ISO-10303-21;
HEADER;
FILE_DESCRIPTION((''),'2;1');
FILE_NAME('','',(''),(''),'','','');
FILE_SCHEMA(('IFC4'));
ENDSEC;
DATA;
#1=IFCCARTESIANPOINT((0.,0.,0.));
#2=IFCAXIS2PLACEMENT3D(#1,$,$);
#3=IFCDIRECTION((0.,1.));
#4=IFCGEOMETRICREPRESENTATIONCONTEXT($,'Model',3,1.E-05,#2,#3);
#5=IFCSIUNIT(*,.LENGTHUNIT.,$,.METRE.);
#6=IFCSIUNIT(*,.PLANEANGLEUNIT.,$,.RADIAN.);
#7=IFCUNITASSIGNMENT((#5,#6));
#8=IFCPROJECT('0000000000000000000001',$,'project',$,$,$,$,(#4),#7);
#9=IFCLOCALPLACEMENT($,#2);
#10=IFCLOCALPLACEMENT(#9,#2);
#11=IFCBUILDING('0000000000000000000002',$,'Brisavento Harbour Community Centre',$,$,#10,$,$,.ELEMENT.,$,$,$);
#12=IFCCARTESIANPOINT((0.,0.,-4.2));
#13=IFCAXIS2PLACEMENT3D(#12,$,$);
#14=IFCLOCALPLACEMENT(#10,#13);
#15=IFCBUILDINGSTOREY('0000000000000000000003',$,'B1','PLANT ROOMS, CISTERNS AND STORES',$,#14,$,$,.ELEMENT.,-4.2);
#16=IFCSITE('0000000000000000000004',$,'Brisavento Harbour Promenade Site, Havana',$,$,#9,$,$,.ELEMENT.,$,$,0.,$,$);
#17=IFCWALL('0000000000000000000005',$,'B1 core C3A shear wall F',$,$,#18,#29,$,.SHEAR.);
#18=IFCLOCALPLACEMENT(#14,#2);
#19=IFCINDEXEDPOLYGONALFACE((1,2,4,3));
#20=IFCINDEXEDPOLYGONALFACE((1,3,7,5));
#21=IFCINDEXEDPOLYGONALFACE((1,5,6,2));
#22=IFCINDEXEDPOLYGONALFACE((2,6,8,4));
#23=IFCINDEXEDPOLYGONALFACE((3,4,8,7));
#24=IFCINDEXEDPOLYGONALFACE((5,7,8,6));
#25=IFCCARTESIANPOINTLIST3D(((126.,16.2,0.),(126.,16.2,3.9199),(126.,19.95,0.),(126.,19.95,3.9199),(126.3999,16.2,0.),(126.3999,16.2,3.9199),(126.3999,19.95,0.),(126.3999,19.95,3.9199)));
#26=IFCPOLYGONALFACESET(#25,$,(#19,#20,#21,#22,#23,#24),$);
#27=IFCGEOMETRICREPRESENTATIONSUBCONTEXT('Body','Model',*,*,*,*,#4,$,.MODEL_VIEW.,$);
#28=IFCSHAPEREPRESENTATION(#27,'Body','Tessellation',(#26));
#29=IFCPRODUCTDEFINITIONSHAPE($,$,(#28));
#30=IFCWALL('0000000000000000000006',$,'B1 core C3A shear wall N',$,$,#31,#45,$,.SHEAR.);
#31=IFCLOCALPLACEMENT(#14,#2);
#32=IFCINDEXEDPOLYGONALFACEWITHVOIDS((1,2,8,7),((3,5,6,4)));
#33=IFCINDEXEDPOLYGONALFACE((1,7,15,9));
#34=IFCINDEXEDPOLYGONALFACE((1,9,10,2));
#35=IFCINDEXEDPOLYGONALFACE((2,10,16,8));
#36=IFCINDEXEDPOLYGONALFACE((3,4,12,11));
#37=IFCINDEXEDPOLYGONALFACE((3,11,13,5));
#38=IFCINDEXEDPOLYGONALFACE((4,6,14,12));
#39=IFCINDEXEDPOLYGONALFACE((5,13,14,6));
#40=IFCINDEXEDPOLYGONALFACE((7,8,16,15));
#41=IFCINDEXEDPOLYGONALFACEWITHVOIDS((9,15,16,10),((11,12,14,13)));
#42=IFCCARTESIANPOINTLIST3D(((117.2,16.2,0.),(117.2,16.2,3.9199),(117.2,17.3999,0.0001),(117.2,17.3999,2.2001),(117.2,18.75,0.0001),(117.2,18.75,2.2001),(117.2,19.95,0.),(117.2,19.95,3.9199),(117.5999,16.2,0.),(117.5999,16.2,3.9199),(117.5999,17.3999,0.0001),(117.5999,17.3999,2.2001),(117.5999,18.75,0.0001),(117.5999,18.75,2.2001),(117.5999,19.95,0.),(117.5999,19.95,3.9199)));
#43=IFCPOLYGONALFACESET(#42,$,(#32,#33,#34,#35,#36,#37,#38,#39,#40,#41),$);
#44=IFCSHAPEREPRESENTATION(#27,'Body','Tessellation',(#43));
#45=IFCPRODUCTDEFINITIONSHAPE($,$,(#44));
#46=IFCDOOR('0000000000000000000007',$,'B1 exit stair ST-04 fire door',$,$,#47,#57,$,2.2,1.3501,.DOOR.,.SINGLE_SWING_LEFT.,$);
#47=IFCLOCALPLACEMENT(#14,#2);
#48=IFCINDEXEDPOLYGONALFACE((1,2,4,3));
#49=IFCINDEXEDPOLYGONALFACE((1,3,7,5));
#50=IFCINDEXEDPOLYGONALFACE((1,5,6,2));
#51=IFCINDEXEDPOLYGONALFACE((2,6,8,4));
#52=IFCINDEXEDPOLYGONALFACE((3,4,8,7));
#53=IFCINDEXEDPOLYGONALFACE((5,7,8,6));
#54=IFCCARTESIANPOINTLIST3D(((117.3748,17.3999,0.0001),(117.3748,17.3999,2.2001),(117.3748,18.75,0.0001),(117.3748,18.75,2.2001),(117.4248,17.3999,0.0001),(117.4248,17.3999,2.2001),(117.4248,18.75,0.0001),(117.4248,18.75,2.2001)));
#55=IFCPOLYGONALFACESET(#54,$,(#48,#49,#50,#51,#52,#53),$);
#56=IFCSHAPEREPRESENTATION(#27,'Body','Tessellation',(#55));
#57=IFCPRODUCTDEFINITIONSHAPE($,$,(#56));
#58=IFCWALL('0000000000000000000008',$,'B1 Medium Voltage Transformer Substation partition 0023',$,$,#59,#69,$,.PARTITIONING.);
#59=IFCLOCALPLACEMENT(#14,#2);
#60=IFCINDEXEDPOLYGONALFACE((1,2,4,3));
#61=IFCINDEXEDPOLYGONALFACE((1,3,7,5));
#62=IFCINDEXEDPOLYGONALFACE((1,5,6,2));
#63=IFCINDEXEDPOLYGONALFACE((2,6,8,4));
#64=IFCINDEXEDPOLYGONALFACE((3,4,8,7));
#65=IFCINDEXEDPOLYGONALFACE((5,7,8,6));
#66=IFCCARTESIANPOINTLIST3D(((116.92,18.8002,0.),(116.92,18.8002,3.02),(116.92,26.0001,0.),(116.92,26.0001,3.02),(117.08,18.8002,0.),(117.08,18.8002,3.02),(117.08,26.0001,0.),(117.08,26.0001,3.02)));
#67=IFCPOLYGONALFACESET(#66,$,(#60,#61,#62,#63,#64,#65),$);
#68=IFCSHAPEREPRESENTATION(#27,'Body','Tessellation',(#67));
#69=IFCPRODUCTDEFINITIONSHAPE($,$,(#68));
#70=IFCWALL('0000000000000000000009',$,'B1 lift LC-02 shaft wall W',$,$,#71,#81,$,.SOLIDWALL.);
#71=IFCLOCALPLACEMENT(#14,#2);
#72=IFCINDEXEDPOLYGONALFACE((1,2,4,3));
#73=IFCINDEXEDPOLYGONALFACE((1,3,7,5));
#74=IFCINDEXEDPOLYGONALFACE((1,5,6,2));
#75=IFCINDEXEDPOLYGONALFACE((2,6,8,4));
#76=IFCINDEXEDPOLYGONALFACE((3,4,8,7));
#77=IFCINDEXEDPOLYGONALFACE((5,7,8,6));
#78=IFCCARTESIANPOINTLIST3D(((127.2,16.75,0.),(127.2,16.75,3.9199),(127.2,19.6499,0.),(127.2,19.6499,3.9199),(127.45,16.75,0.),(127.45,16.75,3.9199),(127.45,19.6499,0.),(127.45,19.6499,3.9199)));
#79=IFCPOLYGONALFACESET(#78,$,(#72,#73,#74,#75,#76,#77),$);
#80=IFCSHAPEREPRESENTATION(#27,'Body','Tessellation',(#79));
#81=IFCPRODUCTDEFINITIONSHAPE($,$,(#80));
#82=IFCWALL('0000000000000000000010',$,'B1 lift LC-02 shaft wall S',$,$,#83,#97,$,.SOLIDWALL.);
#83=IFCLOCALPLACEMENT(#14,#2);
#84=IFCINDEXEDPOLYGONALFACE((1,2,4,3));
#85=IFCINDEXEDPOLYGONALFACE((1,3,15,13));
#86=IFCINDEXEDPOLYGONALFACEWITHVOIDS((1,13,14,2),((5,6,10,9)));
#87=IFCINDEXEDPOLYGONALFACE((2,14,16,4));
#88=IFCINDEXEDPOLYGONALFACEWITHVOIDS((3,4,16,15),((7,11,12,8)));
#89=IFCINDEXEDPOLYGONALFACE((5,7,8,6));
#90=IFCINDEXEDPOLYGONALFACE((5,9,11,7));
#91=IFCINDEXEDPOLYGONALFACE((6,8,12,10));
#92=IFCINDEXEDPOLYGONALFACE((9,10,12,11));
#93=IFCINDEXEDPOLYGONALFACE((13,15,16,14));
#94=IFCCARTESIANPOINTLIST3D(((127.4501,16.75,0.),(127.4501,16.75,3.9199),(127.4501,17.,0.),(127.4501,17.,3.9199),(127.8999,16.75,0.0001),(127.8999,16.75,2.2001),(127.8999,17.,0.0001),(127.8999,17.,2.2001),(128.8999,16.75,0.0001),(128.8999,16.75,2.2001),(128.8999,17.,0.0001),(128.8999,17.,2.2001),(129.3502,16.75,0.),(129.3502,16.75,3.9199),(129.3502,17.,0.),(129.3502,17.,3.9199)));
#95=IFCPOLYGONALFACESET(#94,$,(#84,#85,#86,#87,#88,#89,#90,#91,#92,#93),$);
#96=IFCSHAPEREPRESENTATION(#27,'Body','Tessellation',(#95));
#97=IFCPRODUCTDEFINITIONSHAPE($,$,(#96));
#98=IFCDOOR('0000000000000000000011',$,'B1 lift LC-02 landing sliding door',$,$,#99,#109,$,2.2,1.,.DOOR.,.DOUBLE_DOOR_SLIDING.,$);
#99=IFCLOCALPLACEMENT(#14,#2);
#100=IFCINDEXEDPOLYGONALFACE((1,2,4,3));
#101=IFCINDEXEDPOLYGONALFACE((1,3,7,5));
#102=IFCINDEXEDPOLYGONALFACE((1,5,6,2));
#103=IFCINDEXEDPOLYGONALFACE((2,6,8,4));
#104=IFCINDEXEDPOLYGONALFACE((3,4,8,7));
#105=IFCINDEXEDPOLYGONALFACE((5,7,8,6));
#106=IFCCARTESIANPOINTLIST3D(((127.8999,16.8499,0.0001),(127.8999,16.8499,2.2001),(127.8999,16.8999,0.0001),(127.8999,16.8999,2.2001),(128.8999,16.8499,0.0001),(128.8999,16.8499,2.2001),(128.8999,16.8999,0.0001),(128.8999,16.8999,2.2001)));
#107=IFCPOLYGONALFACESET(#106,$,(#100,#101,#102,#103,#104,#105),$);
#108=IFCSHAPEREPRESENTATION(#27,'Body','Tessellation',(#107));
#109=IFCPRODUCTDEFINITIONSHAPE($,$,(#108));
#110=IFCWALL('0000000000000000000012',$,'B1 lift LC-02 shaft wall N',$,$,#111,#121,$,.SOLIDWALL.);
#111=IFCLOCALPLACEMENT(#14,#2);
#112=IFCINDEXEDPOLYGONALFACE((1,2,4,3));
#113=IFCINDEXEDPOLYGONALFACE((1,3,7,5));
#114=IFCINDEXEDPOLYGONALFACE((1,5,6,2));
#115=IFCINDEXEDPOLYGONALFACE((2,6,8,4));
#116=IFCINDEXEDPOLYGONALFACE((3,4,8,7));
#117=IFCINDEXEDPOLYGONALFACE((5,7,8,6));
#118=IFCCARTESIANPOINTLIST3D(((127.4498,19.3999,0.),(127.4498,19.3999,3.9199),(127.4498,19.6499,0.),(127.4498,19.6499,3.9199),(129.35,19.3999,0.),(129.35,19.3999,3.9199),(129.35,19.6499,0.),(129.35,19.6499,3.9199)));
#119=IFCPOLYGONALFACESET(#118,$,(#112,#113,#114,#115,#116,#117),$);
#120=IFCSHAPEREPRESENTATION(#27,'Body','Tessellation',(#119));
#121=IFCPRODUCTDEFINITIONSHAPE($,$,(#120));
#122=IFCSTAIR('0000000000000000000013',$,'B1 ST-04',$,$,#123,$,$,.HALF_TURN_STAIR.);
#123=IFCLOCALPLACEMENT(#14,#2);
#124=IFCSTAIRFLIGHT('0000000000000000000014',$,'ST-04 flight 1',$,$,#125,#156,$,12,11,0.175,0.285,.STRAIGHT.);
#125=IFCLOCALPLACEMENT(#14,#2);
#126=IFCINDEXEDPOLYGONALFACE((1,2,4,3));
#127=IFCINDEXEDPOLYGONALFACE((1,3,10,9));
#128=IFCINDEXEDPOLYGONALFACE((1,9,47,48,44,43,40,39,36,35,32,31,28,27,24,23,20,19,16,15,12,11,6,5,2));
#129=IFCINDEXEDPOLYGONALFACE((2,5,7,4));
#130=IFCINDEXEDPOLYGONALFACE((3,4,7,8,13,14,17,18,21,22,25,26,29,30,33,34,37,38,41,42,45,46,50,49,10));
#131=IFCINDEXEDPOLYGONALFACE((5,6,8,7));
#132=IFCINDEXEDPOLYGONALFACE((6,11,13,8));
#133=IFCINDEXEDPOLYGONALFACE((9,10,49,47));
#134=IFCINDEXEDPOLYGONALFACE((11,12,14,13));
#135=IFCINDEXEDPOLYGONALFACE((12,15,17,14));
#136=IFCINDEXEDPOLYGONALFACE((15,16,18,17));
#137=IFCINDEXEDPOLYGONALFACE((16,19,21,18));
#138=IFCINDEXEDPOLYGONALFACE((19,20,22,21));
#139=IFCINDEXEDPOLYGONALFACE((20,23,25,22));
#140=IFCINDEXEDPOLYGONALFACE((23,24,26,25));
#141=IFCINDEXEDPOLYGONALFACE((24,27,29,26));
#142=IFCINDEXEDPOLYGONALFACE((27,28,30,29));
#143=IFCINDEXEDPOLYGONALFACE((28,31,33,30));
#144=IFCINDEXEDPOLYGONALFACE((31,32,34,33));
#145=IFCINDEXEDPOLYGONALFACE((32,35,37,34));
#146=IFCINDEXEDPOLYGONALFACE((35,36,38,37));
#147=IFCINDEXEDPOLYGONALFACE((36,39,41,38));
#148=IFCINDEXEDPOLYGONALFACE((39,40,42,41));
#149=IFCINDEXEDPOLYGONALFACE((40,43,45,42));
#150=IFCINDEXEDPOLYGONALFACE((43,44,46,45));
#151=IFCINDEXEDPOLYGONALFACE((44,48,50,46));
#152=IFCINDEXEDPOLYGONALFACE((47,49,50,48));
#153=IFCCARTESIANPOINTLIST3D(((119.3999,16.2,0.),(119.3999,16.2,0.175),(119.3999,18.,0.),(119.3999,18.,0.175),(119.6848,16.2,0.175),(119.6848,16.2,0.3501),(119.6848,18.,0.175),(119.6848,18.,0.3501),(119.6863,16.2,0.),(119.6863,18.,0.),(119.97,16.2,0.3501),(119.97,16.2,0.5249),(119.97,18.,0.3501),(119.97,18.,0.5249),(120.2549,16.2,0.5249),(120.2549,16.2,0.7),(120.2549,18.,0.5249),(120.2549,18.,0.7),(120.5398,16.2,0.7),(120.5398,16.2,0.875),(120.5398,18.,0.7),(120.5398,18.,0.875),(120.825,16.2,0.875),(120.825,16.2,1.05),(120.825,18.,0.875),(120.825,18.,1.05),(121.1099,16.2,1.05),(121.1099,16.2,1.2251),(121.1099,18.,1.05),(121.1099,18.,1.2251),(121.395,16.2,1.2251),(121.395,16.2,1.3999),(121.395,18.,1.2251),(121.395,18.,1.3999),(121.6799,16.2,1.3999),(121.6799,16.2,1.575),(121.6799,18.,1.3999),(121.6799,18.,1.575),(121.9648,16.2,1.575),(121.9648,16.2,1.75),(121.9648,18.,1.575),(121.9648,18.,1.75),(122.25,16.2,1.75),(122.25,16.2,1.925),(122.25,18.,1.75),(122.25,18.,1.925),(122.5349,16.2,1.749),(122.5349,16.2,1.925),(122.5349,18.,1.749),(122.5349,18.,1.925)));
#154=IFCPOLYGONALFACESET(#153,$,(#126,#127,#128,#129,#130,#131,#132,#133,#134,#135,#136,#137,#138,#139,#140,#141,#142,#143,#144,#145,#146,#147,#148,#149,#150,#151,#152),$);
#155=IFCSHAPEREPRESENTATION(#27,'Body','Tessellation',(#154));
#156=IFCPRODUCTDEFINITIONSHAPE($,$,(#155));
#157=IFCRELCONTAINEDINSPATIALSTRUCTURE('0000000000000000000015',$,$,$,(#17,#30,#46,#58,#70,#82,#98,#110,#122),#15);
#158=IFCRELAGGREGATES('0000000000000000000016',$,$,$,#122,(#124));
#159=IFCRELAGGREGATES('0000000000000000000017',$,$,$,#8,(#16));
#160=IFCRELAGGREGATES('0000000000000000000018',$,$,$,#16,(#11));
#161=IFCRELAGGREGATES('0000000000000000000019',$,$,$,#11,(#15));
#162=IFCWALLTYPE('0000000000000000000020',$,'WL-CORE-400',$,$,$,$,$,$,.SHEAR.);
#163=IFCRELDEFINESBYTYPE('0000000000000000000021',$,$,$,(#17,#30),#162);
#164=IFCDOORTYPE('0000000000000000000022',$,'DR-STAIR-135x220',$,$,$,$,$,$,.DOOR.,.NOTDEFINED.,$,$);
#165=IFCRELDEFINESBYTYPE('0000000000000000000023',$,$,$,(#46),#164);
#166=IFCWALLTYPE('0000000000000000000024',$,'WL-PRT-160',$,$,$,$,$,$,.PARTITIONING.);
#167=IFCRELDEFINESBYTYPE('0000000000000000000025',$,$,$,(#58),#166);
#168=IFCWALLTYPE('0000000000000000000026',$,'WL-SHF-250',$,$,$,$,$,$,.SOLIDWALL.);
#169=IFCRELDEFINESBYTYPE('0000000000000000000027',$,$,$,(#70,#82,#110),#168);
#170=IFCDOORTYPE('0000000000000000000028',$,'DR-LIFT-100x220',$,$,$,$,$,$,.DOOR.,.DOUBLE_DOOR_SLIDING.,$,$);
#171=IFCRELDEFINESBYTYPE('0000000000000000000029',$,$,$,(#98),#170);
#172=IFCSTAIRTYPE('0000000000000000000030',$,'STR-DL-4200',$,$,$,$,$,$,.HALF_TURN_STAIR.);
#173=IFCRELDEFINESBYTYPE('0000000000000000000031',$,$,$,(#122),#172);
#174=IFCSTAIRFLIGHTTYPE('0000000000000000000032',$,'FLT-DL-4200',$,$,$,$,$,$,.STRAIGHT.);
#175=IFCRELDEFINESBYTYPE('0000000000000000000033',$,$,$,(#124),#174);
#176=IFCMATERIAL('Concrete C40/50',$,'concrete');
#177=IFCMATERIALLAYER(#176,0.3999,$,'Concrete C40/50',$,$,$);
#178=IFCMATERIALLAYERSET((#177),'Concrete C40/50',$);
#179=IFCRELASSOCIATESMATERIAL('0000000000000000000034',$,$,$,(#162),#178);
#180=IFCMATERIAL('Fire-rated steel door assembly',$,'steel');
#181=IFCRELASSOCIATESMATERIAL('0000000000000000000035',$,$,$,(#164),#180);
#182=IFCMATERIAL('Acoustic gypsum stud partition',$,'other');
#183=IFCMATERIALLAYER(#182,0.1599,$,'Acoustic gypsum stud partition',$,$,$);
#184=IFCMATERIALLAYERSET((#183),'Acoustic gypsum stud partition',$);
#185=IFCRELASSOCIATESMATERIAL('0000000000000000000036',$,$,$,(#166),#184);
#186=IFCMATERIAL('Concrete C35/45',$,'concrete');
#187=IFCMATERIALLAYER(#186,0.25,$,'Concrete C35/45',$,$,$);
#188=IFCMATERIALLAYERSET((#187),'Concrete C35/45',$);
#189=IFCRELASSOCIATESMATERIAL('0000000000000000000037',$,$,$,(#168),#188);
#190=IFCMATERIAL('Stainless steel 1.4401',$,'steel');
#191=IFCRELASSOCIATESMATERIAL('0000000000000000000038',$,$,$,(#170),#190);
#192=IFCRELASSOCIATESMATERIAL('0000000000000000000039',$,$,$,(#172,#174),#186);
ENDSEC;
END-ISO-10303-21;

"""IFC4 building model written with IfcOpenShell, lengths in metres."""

from ifc_helpers import new_model, si_unit, direction, frame, frame_2d, origin, place, context, subcontext, project, spatial, polyline, rectangle, outline, extrude, material, layer, layer_set, type_object, element, fill, aggregate, save


model = new_model("IFC4")

# Units and contexts
model_context = context("Model", 3, precision=1e-05, world=origin(), true_north=direction((0.0, 1.0)))
body_context = subcontext(model_context, "Body", "Model", "MODEL_VIEW")
ifc_project = project(units=[si_unit("LENGTHUNIT", "METRE"), si_unit("PLANEANGLEUNIT", "RADIAN")], contexts=[model_context])

# Site, building, storey
site_placement = place(None, origin())
site = spatial("IfcSite", under=ifc_project, at=site_placement, Name="Brisavento Harbour Promenade Site, Havana", CompositionType="ELEMENT", RefElevation=0.0)
building_placement = place(site_placement, origin())
building = spatial("IfcBuilding", under=site, at=building_placement, Name="Brisavento Harbour Community Centre", CompositionType="ELEMENT")
storey_placement = place(building_placement, frame((0.0, 0.0, -4.2)))
storey = spatial("IfcBuildingStorey", under=building, at=storey_placement, Name="B1", Description="PLANT ROOMS, CISTERNS AND STORES", CompositionType="ELEMENT", Elevation=-4.2)

# Shared definitions
ifc_material_1 = material(Name="Concrete C35/45", Category="concrete")

# Shared definitions
ifc_material_2 = material(Name="Concrete C40/50", Category="concrete")

# Wall
ifc_layer_1 = layer(ifc_material_2, 0.3999, Name="Concrete C40/50")
ifc_layer_set_1 = layer_set([ifc_layer_1], Name="Concrete C40/50")
wall_type_1 = type_object("IfcWallType", Name="WL-CORE-400", PredefinedType="SHEAR", material=ifc_layer_set_1)
wall_1_placement = place(storey_placement, frame((126.2, 16.2, 0.0), z_axis=(0.0, 0.0, 1.0), x_axis=(0.0, 1.0, 0.0)))
element("IfcWall", 1, at=wall_1_placement, inside=storey, type_object=wall_type_1, Name="B1 core C3A shear wall F", PredefinedType="SHEAR", context=body_context, shape_type="SweptSolid", body=[
    extrude(rectangle(XDim=3.75, YDim=0.3999, at=frame_2d((1.875, 0.0))), origin(), (0.0, 0.0, 1.0), 3.9199),
])

# Wall, opening, door
wall_2_placement = place(storey_placement, frame((117.3999, 19.95, 0.0), z_axis=(0.0, 0.0, 1.0), x_axis=(0.0, -1.0, 0.0)))
wall_2 = element("IfcWall", 2, at=wall_2_placement, inside=storey, type_object=wall_type_1, Name="B1 core C3A shear wall N", PredefinedType="SHEAR", context=body_context, shape_type="SweptSolid", body=[
    extrude(rectangle(XDim=3.75, YDim=0.3999, at=frame_2d((1.875, 0.0))), origin(), (0.0, 0.0, 1.0), 3.9199),
])
opening_1_placement = place(wall_2_placement, frame((1.2, 0.0, 0.0)))
opening_1 = element("IfcOpeningElement", 3, at=opening_1_placement, cuts=wall_2, PredefinedType="OPENING", context=body_context, shape_type="SweptSolid", body=[
    extrude(rectangle(XDim=1.3501, YDim=2.2, at=frame_2d((0.675, 1.1001))), frame((0.0, 0.21, 0.0), z_axis=(0.0, -1.0, 0.0), x_axis=(1.0, 0.0, 0.0)), (0.0, 0.0, 1.0), 0.4199),
])
ifc_material_3 = material(Name="Fire-rated steel door assembly", Category="steel")
door_type_1 = type_object("IfcDoorType", Name="DR-STAIR-135x220", OperationType="NOTDEFINED", PredefinedType="DOOR", material=ifc_material_3)
door_1_placement = place(opening_1_placement, origin())
door_1 = element("IfcDoor", 4, at=door_1_placement, inside=storey, type_object=door_type_1, Name="B1 exit stair ST-04 fire door", OperationType="SINGLE_SWING_LEFT", OverallHeight=2.2, OverallWidth=1.3501, PredefinedType="DOOR", context=body_context, shape_type="SweptSolid", body=[
    extrude(rectangle(XDim=1.3501, YDim=2.2, at=frame_2d((0.675, 1.1001))), frame((0.0, 0.0249, 0.0), z_axis=(0.0, -1.0, 0.0), x_axis=(1.0, 0.0, 0.0)), (0.0, 0.0, 1.0), 0.05),
])
fill(opening_1, door_1)

# Walls
ifc_material_4 = material(Name="Acoustic gypsum stud partition", Category="other")
ifc_layer_2 = layer(ifc_material_4, 0.1599, Name="Acoustic gypsum stud partition")
ifc_layer_set_2 = layer_set([ifc_layer_2], Name="Acoustic gypsum stud partition")
wall_type_2 = type_object("IfcWallType", Name="WL-PRT-160", PredefinedType="PARTITIONING", material=ifc_layer_set_2)
wall_3_placement = place(storey_placement, frame((117.0, 18.8, 0.0), z_axis=(0.0, 0.0, 1.0), x_axis=(0.0, 1.0, 0.0)))
element("IfcWall", 5, at=wall_3_placement, inside=storey, type_object=wall_type_2, Name="B1 Medium Voltage Transformer Substation partition 0023", PredefinedType="PARTITIONING", context=body_context, shape_type="SweptSolid", body=[
    extrude(rectangle(XDim=7.2, YDim=0.1599, at=frame_2d((3.6001, 0.0))), origin(), (0.0, 0.0, 1.0), 3.02),
])
ifc_layer_3 = layer(ifc_material_1, 0.25, Name="Concrete C35/45")
ifc_layer_set_3 = layer_set([ifc_layer_3], Name="Concrete C35/45")
wall_type_3 = type_object("IfcWallType", Name="WL-SHF-250", PredefinedType="SOLIDWALL", material=ifc_layer_set_3)
wall_4_placement = place(storey_placement, frame((127.325, 16.75, 0.0), z_axis=(0.0, 0.0, 1.0), x_axis=(0.0, 1.0, 0.0)))
element("IfcWall", 6, at=wall_4_placement, inside=storey, type_object=wall_type_3, Name="B1 lift LC-02 shaft wall W", PredefinedType="SOLIDWALL", context=body_context, shape_type="SweptSolid", body=[
    extrude(rectangle(XDim=2.8999, YDim=0.25, at=frame_2d((1.45, 0.0))), origin(), (0.0, 0.0, 1.0), 3.9199),
])

# Wall, opening, door
wall_5_placement = place(storey_placement, frame((127.45, 16.875, 0.0), z_axis=(0.0, 0.0, 1.0), x_axis=(1.0, 0.0, 0.0)))
wall_5 = element("IfcWall", 7, at=wall_5_placement, inside=storey, type_object=wall_type_3, Name="B1 lift LC-02 shaft wall S", PredefinedType="SOLIDWALL", context=body_context, shape_type="SweptSolid", body=[
    extrude(rectangle(XDim=1.9001, YDim=0.25, at=frame_2d((0.9502, 0.0))), origin(), (0.0, 0.0, 1.0), 3.9199),
])
opening_2_placement = place(wall_5_placement, frame((0.45, 0.0, 0.0)))
opening_2 = element("IfcOpeningElement", 8, at=opening_2_placement, cuts=wall_5, PredefinedType="OPENING", context=body_context, shape_type="SweptSolid", body=[
    extrude(rectangle(XDim=1.0, YDim=2.2, at=frame_2d((0.5, 1.1001))), frame((0.0, 0.135, 0.0), z_axis=(0.0, -1.0, 0.0), x_axis=(1.0, 0.0, 0.0)), (0.0, 0.0, 1.0), 0.27),
])
ifc_material_5 = material(Name="Stainless steel 1.4401", Category="steel")
door_type_2 = type_object("IfcDoorType", Name="DR-LIFT-100x220", OperationType="DOUBLE_DOOR_SLIDING", PredefinedType="DOOR", material=ifc_material_5)
door_2_placement = place(opening_2_placement, origin())
door_2 = element("IfcDoor", 9, at=door_2_placement, inside=storey, type_object=door_type_2, Name="B1 lift LC-02 landing sliding door", OperationType="DOUBLE_DOOR_SLIDING", OverallHeight=2.2, OverallWidth=1.0, PredefinedType="DOOR", context=body_context, shape_type="SweptSolid", body=[
    extrude(rectangle(XDim=1.0, YDim=2.2, at=frame_2d((0.5, 1.1001))), frame((0.0, 0.0249, 0.0), z_axis=(0.0, -1.0, 0.0), x_axis=(1.0, 0.0, 0.0)), (0.0, 0.0, 1.0), 0.05),
])
fill(opening_2, door_2)

# Wall
wall_6_placement = place(storey_placement, frame((129.3501, 19.5249, 0.0), z_axis=(0.0, 0.0, 1.0), x_axis=(-1.0, 0.0, 0.0)))
element("IfcWall", 10, at=wall_6_placement, inside=storey, type_object=wall_type_3, Name="B1 lift LC-02 shaft wall N", PredefinedType="SOLIDWALL", context=body_context, shape_type="SweptSolid", body=[
    extrude(rectangle(XDim=1.9001, YDim=0.25, at=frame_2d((0.9502, 0.0))), origin(), (0.0, 0.0, 1.0), 3.9199),
])

# Stair, stair flight
stair_type = type_object("IfcStairType", Name="STR-DL-4200", PredefinedType="HALF_TURN_STAIR", material=ifc_material_1)
stair_placement = place(storey_placement, origin())
stair = element("IfcStair", 11, at=stair_placement, inside=storey, type_object=stair_type, Name="B1 ST-04", PredefinedType="HALF_TURN_STAIR")
stair_flight_type = type_object("IfcStairFlightType", Name="FLT-DL-4200", PredefinedType="STRAIGHT", material=ifc_material_1)
stair_flight_1_placement = place(storey_placement, frame((119.3999, 17.1001, 0.0), z_axis=(0.0, 0.0, 1.0), x_axis=(1.0, 0.0, 0.0)))
stair_flight_1 = element("IfcStairFlight", 12, at=stair_flight_1_placement, type_object=stair_flight_type, Name="ST-04 flight 1", NumberOfRisers=12, NumberOfTreads=11, PredefinedType="STRAIGHT", RiserHeight=0.175, TreadLength=0.285, context=body_context, shape_type="SweptSolid", body=[
    extrude(outline(polyline([(0.0, 0.0), (0.0, 0.175), (0.2849, 0.175), (0.2849, 0.3501), (0.5701, 0.3501), (0.5701, 0.5249), (0.855, 0.5249), (0.855, 0.7), (1.1399, 0.7), (1.1399, 0.875), (1.425, 0.875), (1.425, 1.05), (1.71, 1.05), (1.71, 1.2251), (1.9951, 1.2251), (1.9951, 1.3999), (2.28, 1.3999), (2.28, 1.575), (2.5649, 1.575), (2.5649, 1.75), (2.8501, 1.75), (2.8501, 1.925), (3.135, 1.925), (3.135, 2.1001), (3.135, 1.749), (0.2864, 0.0), (0.0, 0.0)])), frame((0.0, 0.8999, 0.0), z_axis=(0.0, -1.0, 0.0), x_axis=(1.0, 0.0, 0.0)), (0.0, 0.0, 1.0), 1.8),
])
aggregate(stair, [stair_flight_1])

save(model, "model.ifc")
